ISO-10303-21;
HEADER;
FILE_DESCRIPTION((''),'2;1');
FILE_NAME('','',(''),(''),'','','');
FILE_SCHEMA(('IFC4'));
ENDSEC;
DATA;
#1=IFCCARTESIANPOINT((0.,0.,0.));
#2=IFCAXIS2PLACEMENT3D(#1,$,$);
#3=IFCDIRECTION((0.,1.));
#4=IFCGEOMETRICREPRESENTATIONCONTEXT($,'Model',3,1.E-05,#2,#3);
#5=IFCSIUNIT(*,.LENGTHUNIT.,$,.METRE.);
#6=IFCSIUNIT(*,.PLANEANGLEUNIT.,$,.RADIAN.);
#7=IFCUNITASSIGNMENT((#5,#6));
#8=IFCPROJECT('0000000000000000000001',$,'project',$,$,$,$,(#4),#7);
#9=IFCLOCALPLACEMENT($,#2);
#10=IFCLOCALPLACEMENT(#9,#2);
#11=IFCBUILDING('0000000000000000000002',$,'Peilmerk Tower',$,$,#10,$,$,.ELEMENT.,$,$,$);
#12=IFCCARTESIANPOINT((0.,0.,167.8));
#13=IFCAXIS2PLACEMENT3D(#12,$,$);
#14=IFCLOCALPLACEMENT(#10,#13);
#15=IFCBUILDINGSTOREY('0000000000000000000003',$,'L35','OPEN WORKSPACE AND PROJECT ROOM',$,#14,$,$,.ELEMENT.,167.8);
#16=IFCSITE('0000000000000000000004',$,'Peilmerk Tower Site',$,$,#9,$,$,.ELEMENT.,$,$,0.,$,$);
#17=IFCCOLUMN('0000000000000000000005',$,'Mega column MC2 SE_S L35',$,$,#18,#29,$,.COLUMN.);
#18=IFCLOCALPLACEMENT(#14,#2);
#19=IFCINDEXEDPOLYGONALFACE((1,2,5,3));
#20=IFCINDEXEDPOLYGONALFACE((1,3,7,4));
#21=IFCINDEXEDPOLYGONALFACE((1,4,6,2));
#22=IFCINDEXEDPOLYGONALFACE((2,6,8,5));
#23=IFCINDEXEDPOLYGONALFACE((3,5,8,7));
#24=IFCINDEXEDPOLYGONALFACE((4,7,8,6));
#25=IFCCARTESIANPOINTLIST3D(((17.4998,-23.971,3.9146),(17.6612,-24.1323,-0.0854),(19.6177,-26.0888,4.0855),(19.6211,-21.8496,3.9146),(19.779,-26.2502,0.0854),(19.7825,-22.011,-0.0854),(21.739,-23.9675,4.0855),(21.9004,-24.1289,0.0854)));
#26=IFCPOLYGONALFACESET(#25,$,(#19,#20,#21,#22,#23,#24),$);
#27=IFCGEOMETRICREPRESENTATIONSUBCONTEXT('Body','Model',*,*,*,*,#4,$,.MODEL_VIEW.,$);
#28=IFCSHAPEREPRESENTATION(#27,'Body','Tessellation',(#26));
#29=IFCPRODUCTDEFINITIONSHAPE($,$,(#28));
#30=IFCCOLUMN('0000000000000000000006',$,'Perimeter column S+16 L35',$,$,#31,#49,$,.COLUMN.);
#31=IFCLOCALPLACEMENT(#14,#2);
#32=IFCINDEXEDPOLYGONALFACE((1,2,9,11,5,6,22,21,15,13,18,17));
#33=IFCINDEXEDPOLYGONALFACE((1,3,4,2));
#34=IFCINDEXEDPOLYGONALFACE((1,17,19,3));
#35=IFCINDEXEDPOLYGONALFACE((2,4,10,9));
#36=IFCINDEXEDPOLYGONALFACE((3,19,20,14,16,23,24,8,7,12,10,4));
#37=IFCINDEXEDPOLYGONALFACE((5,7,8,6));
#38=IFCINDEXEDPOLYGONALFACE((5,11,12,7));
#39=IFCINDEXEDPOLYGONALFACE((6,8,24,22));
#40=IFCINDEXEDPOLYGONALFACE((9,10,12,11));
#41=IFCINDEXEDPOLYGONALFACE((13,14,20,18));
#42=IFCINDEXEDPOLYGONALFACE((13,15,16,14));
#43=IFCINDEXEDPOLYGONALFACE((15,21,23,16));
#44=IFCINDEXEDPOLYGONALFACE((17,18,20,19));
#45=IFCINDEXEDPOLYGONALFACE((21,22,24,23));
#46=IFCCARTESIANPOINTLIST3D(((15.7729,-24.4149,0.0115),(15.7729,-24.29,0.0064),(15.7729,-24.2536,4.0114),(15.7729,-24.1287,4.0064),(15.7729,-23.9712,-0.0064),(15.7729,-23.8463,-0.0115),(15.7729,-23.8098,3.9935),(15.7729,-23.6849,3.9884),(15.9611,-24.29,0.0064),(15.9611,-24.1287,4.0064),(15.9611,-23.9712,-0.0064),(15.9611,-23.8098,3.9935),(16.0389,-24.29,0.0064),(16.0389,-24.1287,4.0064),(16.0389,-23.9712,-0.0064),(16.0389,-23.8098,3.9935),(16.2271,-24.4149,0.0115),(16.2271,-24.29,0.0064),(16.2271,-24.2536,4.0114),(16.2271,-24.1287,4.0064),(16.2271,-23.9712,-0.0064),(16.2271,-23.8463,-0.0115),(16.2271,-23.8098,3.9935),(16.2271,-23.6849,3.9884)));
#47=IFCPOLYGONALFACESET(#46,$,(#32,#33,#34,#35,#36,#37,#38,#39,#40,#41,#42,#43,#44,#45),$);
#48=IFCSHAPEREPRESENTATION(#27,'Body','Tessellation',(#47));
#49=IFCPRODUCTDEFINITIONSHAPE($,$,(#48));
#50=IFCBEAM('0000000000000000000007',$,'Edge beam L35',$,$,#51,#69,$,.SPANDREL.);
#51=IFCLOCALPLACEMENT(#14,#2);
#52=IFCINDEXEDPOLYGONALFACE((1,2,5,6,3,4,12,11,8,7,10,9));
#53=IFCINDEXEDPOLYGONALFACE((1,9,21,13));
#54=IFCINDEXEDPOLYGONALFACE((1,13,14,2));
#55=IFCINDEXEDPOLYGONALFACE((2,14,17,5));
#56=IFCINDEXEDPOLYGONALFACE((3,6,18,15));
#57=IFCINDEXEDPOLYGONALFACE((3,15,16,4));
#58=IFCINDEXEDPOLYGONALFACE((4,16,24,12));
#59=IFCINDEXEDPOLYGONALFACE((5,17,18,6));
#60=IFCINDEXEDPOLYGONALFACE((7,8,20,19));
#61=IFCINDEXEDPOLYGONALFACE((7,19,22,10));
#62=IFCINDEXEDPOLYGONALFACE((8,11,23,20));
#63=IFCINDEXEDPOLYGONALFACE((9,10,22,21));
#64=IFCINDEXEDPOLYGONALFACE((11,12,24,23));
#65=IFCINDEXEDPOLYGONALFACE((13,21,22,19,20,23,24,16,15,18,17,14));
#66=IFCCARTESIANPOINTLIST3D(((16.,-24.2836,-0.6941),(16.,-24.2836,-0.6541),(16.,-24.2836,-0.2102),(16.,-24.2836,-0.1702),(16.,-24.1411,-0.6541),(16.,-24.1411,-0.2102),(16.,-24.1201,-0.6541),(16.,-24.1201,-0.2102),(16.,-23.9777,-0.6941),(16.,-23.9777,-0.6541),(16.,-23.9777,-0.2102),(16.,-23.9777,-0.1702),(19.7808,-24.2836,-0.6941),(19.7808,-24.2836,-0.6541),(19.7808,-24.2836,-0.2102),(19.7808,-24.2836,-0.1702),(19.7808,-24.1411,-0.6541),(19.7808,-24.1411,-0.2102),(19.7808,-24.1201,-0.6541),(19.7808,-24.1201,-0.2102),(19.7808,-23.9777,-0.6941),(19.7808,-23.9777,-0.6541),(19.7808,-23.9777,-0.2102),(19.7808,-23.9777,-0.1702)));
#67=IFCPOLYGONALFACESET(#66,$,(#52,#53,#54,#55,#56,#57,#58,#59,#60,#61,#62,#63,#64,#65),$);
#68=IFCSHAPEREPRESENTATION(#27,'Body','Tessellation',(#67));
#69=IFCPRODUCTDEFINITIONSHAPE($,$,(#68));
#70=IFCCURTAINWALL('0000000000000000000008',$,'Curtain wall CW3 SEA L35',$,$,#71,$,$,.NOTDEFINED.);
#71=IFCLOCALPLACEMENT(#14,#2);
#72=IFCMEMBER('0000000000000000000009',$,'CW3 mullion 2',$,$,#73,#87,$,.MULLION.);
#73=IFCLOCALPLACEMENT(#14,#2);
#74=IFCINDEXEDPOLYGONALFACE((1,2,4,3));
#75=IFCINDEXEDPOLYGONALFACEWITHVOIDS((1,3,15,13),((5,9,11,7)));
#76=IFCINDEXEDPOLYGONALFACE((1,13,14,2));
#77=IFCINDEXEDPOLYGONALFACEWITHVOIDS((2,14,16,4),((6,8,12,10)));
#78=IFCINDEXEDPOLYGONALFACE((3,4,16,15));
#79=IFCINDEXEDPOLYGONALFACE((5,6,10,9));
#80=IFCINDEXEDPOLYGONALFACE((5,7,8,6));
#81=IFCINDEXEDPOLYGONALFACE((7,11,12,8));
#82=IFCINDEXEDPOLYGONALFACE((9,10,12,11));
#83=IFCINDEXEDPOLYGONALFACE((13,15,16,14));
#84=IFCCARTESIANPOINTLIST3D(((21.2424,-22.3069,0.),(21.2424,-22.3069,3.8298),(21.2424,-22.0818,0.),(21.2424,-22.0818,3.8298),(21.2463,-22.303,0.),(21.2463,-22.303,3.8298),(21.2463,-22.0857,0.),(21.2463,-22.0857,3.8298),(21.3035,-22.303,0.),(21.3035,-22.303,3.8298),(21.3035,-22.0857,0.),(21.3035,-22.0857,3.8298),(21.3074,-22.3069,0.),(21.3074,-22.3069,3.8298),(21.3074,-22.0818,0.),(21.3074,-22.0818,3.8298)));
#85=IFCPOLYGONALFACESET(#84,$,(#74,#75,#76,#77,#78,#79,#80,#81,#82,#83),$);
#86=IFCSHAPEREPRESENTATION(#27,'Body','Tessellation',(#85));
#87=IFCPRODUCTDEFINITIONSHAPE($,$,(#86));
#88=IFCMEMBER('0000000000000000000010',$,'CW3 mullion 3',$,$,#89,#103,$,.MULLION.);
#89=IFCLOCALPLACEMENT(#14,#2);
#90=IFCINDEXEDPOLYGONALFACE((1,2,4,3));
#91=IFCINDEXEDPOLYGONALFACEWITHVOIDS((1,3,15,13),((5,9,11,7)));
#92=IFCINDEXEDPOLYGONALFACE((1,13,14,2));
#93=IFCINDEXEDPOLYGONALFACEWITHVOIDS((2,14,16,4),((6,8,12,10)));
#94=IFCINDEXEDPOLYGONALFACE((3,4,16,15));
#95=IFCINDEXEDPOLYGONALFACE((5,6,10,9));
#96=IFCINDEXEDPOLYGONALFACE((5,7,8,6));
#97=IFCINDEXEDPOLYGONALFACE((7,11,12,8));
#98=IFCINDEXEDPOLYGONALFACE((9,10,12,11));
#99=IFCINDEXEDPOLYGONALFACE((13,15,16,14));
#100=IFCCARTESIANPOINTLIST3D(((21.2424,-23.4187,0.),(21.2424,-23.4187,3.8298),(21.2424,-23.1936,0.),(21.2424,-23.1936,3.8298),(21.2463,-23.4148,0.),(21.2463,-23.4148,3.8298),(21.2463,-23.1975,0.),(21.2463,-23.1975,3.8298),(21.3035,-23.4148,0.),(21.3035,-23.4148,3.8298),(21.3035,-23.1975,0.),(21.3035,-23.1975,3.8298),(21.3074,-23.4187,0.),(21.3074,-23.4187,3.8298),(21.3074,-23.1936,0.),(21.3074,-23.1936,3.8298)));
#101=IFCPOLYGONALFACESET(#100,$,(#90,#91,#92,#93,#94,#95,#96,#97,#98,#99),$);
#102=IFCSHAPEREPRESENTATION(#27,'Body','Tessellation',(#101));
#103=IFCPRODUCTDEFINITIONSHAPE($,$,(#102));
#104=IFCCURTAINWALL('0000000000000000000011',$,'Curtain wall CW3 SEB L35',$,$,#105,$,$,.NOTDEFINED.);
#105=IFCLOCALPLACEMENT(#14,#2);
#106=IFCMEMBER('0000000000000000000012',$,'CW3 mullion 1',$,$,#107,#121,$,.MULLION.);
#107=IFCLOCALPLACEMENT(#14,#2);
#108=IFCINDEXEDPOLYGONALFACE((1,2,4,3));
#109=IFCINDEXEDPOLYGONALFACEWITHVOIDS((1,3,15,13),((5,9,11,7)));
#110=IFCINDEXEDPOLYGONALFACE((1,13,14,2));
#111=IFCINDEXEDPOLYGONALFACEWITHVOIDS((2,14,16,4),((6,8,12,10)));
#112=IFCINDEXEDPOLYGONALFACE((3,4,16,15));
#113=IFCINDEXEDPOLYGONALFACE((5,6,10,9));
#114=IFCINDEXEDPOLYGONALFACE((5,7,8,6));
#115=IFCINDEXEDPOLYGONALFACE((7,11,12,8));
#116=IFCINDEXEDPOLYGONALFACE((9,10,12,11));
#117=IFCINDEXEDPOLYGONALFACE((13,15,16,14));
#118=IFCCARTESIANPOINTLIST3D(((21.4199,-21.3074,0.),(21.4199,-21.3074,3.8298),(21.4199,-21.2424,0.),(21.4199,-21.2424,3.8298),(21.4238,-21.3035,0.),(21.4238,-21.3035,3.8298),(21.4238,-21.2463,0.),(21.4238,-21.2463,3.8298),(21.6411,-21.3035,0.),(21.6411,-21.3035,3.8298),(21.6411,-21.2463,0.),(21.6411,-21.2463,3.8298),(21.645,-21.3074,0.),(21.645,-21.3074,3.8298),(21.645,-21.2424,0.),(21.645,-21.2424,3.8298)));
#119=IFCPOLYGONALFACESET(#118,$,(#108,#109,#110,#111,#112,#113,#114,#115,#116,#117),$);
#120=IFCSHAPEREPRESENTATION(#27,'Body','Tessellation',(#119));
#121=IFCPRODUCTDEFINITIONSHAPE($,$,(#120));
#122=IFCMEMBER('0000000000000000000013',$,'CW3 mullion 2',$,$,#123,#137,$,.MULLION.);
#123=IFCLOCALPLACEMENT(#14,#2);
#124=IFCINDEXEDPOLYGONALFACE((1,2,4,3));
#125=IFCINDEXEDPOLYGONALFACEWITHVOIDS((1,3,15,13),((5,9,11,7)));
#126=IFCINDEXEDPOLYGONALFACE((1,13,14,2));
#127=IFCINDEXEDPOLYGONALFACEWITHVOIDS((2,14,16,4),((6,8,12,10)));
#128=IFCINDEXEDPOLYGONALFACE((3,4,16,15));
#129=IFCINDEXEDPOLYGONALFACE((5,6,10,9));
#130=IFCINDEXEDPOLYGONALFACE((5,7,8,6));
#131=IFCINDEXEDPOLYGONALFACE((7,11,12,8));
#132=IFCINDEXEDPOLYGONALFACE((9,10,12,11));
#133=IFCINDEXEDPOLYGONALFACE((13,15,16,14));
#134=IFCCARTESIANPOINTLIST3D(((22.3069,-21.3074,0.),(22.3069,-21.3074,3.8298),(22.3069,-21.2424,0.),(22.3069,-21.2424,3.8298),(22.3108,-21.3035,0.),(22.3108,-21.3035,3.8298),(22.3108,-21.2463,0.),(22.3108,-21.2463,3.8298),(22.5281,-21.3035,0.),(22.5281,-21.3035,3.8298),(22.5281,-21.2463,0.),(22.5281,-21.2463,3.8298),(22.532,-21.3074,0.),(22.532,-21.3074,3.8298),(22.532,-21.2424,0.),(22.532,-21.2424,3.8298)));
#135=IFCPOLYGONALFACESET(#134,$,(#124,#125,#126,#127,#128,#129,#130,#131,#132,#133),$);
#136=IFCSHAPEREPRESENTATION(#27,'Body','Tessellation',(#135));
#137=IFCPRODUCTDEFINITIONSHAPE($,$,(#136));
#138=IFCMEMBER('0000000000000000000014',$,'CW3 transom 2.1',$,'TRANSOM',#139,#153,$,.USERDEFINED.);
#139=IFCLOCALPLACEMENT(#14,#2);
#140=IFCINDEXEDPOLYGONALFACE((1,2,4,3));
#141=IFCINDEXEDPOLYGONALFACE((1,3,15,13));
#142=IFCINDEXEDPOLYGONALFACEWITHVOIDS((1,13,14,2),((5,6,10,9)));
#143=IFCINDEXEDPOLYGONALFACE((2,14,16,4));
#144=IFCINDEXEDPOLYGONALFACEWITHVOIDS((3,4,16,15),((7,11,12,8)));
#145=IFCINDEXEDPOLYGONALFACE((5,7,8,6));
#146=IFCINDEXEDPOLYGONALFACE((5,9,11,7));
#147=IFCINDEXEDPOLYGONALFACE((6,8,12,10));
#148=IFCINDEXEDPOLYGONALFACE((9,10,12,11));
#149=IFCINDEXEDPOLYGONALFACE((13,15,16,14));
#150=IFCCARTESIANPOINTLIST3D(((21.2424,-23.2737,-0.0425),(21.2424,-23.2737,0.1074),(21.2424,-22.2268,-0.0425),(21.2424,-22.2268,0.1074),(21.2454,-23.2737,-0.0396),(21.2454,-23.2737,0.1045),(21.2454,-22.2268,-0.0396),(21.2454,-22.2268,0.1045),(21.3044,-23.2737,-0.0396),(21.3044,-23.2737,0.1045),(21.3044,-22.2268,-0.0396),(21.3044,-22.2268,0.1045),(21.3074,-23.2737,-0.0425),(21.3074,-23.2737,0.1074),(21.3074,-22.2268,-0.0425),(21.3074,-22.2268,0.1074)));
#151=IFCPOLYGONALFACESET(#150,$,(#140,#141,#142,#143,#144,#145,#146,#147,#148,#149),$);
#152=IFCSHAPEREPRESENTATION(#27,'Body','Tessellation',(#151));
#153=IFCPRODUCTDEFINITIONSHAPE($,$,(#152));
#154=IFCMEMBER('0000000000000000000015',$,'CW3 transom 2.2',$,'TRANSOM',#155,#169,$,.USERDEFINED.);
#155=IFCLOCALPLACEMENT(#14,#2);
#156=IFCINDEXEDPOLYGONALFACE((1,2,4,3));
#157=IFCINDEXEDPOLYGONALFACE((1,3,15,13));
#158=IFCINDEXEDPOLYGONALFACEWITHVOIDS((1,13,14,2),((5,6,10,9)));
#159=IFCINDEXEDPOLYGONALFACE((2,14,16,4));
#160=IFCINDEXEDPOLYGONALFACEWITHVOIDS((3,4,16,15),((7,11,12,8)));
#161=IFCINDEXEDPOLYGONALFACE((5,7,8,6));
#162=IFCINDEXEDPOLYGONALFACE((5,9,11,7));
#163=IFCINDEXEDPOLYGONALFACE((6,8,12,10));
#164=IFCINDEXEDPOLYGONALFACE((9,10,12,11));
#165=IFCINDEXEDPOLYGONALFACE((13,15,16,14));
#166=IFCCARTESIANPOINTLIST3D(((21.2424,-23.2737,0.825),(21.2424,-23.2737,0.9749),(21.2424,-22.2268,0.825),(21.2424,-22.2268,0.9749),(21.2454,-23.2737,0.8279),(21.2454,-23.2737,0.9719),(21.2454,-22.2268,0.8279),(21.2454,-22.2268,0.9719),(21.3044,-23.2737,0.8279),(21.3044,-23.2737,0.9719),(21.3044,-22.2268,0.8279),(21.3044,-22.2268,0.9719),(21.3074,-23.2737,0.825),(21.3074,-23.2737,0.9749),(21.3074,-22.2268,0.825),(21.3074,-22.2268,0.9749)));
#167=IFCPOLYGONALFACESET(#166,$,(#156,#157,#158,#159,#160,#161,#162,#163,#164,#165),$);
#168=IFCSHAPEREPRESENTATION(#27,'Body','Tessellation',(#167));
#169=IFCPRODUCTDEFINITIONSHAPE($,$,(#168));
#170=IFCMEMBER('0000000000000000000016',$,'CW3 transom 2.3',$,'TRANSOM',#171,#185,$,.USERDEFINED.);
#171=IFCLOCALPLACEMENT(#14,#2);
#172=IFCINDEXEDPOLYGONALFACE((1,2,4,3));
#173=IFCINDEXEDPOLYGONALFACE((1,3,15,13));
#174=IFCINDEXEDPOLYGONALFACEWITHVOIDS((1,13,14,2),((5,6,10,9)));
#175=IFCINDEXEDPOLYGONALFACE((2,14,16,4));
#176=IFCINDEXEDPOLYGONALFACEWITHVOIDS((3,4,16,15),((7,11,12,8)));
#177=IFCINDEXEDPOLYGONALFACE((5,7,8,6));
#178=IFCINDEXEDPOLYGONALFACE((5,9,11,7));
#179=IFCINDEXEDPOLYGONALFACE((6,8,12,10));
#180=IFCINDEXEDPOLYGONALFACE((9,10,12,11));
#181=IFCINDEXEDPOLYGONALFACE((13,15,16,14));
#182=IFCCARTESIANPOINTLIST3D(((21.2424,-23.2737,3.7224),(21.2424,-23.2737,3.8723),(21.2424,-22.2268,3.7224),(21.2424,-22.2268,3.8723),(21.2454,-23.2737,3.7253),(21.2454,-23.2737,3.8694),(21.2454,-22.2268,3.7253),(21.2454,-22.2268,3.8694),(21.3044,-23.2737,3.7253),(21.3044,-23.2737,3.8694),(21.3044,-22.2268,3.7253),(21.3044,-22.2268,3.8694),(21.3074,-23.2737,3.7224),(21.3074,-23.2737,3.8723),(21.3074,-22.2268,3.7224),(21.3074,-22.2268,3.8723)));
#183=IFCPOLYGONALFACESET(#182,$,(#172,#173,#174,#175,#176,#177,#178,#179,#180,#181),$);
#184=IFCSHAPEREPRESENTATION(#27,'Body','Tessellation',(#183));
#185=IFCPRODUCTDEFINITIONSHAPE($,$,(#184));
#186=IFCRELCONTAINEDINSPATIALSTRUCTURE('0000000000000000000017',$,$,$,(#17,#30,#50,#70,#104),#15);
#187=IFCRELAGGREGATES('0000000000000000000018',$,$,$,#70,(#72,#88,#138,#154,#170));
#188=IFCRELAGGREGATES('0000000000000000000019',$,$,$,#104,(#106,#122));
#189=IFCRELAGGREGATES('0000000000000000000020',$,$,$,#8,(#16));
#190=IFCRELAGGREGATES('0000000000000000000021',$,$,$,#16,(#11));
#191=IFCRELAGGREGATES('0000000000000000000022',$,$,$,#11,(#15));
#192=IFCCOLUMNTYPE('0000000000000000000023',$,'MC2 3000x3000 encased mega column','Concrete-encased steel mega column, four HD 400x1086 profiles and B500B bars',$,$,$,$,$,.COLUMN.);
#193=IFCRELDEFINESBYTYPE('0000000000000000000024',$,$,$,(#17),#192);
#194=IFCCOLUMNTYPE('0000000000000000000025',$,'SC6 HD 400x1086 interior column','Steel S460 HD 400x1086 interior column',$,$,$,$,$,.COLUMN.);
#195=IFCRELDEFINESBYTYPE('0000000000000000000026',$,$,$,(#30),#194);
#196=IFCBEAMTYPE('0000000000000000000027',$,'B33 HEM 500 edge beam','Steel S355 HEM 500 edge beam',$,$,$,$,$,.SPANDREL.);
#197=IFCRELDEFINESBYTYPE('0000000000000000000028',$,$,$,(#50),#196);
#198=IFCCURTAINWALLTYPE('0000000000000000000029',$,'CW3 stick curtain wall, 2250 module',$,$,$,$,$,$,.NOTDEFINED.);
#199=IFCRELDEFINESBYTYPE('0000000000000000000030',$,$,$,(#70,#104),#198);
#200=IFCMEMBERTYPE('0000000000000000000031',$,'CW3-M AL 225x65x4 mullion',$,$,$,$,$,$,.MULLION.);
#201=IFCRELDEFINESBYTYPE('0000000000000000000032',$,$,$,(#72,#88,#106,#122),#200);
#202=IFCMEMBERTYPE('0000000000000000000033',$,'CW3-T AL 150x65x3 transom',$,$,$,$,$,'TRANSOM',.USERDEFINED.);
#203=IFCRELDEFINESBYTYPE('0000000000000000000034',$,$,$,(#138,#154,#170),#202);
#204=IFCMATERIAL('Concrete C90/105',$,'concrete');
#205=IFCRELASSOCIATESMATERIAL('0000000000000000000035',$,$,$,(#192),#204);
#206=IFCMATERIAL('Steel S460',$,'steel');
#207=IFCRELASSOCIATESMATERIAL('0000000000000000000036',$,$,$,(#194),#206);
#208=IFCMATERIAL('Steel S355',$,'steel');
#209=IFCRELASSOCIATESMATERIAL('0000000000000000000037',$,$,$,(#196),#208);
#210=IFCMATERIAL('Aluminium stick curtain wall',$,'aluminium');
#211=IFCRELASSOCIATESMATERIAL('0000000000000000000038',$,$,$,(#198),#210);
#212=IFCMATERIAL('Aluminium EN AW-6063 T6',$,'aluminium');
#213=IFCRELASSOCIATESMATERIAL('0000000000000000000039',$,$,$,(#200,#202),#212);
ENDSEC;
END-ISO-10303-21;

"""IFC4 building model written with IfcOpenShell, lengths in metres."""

from ifc_helpers import new_model, si_unit, direction, frame, origin, origin_2d, place, context, subcontext, project, spatial, rectangle, hollow_rectangle, i_section, extrude, material, material_profile, profile_set, type_object, element, aggregate, save


model = new_model("IFC4")

# Units and contexts
model_context = context("Model", 3, precision=1e-05, world=origin(), true_north=direction((0.0, 1.0)))
body_context = subcontext(model_context, "Body", "Model", "MODEL_VIEW")
ifc_project = project(units=[si_unit("LENGTHUNIT", "METRE"), si_unit("PLANEANGLEUNIT", "RADIAN")], contexts=[model_context])

# Site, building, storey
site_placement = place(None, origin())
site = spatial("IfcSite", under=ifc_project, at=site_placement, Name="Peilmerk Tower Site", CompositionType="ELEMENT", RefElevation=0.0)
building_placement = place(site_placement, origin())
building = spatial("IfcBuilding", under=site, at=building_placement, Name="Peilmerk Tower", CompositionType="ELEMENT")
storey_placement = place(building_placement, frame((0.0, 0.0, 167.8)))
storey = spatial("IfcBuildingStorey", under=building, at=storey_placement, Name="L35", Description="OPEN WORKSPACE AND PROJECT ROOM", CompositionType="ELEMENT", Elevation=167.8)

# Columns
ifc_material_1 = material(Name="Concrete C90/105", Category="concrete")
ifc_material_profile_1 = material_profile(ifc_material_1, rectangle(XDim=3.0, YDim=3.0, at=origin_2d()), Name="RC 3000x3000")
ifc_profile_set_1 = profile_set([ifc_material_profile_1], Name="Concrete C90/105")
column_type_1 = type_object("IfcColumnType", Name="MC2 3000x3000 encased mega column", Description="Concrete-encased steel mega column, four HD 400x1086 profiles and B500B bars", PredefinedType="COLUMN", material=ifc_profile_set_1)
column_1_placement = place(storey_placement, frame((19.7808, -24.1306, 0.0), z_axis=(-0.040279, 0.040279, 0.998376), x_axis=(-0.707107, -0.707107, 0.0)))
element("IfcColumn", 1, at=column_1_placement, inside=storey, type_object=column_type_1, Name="Mega column MC2 SE_S L35", PredefinedType="COLUMN", context=body_context, shape_type="SweptSolid", body=[
    extrude(rectangle(XDim=3.0, YDim=3.0, at=origin_2d()), origin(), (0.0, 0.0, 1.0), 4.0066),
])
ifc_material_2 = material(Name="Steel S460", Category="steel")
ifc_material_profile_2 = material_profile(ifc_material_2, i_section(OverallWidth=0.4541, OverallDepth=0.5691, WebThickness=0.0779, FlangeThickness=0.125, at=origin_2d()), Name="HD 400x1086")
ifc_profile_set_2 = profile_set([ifc_material_profile_2], Name="Steel S460")
column_type_2 = type_object("IfcColumnType", Name="SC6 HD 400x1086 interior column", Description="Steel S460 HD 400x1086 interior column", PredefinedType="COLUMN", material=ifc_profile_set_2)
column_2_placement = place(storey_placement, frame((16.0, -24.1306, 0.0), z_axis=(0.0, 0.040311, 0.999187), x_axis=(-1.0, 0.0, 0.0)))
element("IfcColumn", 2, at=column_2_placement, inside=storey, type_object=column_type_2, Name="Perimeter column S+16 L35", PredefinedType="COLUMN", context=body_context, shape_type="SweptSolid", body=[
    extrude(i_section(OverallWidth=0.4541, OverallDepth=0.5691, WebThickness=0.0779, FlangeThickness=0.125, at=origin_2d()), origin(), (0.0, 0.0, 1.0), 4.0032),
])

# Beam
ifc_material_3 = material(Name="Steel S355", Category="steel")
ifc_material_profile_3 = material_profile(ifc_material_3, i_section(OverallWidth=0.3059, OverallDepth=0.5239, WebThickness=0.021, FlangeThickness=0.04, at=origin_2d()), Name="HEM 500")
ifc_profile_set_3 = profile_set([ifc_material_profile_3], Name="Steel S355")
beam_type = type_object("IfcBeamType", Name="B33 HEM 500 edge beam", Description="Steel S355 HEM 500 edge beam", PredefinedType="SPANDREL", material=ifc_profile_set_3)
beam_placement = place(storey_placement, frame((16.0, -24.1306, -0.4321), z_axis=(1.0, 0.0, 0.0), x_axis=(0.0, 1.0, 0.0)))
element("IfcBeam", 3, at=beam_placement, inside=storey, type_object=beam_type, Name="Edge beam L35", PredefinedType="SPANDREL", context=body_context, shape_type="SweptSolid", body=[
    extrude(i_section(OverallWidth=0.3059, OverallDepth=0.5239, WebThickness=0.021, FlangeThickness=0.04, at=origin_2d()), origin(), (0.0, 0.0, 1.0), 3.7808),
])

# Curtain walls, members
ifc_material_4 = material(Name="Aluminium stick curtain wall", Category="aluminium")
curtain_wall_type = type_object("IfcCurtainWallType", Name="CW3 stick curtain wall, 2250 module", PredefinedType="NOTDEFINED", material=ifc_material_4)
curtain_wall_1_placement = place(storey_placement, origin())
curtain_wall_1 = element("IfcCurtainWall", 4, at=curtain_wall_1_placement, inside=storey, type_object=curtain_wall_type, Name="Curtain wall CW3 SEA L35", PredefinedType="NOTDEFINED")
ifc_material_5 = material(Name="Aluminium EN AW-6063 T6", Category="aluminium")
ifc_material_profile_4 = material_profile(ifc_material_5, hollow_rectangle(XDim=0.0649, YDim=0.2251, WallThickness=0.0039, at=origin_2d()), Name="AL 225x65x4")
ifc_profile_set_4 = profile_set([ifc_material_profile_4], Name="Aluminium EN AW-6063 T6")
member_type_1 = type_object("IfcMemberType", Name="CW3-M AL 225x65x4 mullion", PredefinedType="MULLION", material=ifc_profile_set_4)
member_1_placement = place(storey_placement, frame((21.2749, -22.1943, 0.0), z_axis=(0.0, 0.0, 1.0), x_axis=(1.0, 0.0, 0.0)))
member_1 = element("IfcMember", 5, at=member_1_placement, type_object=member_type_1, Name="CW3 mullion 2", PredefinedType="MULLION", context=body_context, shape_type="SweptSolid", body=[
    extrude(hollow_rectangle(XDim=0.0649, YDim=0.2251, WallThickness=0.0039, at=origin_2d()), origin(), (0.0, 0.0, 1.0), 3.8298),
])
member_2_placement = place(storey_placement, frame((21.2749, -23.3062, 0.0), z_axis=(0.0, 0.0, 1.0), x_axis=(1.0, 0.0, 0.0)))
member_2 = element("IfcMember", 6, at=member_2_placement, type_object=member_type_1, Name="CW3 mullion 3", PredefinedType="MULLION", context=body_context, shape_type="SweptSolid", body=[
    extrude(hollow_rectangle(XDim=0.0649, YDim=0.2251, WallThickness=0.0039, at=origin_2d()), origin(), (0.0, 0.0, 1.0), 3.8298),
])
curtain_wall_2_placement = place(storey_placement, origin())
curtain_wall_2 = element("IfcCurtainWall", 7, at=curtain_wall_2_placement, inside=storey, type_object=curtain_wall_type, Name="Curtain wall CW3 SEB L35", PredefinedType="NOTDEFINED")
member_3_placement = place(storey_placement, frame((21.5325, -21.2749, 0.0), z_axis=(0.0, 0.0, 1.0), x_axis=(0.0, 1.0, 0.0)))
member_3 = element("IfcMember", 8, at=member_3_placement, type_object=member_type_1, Name="CW3 mullion 1", PredefinedType="MULLION", context=body_context, shape_type="SweptSolid", body=[
    extrude(hollow_rectangle(XDim=0.0649, YDim=0.2251, WallThickness=0.0039, at=origin_2d()), origin(), (0.0, 0.0, 1.0), 3.8298),
])
member_4_placement = place(storey_placement, frame((22.4194, -21.2749, 0.0), z_axis=(0.0, 0.0, 1.0), x_axis=(0.0, 1.0, 0.0)))
member_4 = element("IfcMember", 9, at=member_4_placement, type_object=member_type_1, Name="CW3 mullion 2", PredefinedType="MULLION", context=body_context, shape_type="SweptSolid", body=[
    extrude(hollow_rectangle(XDim=0.0649, YDim=0.2251, WallThickness=0.0039, at=origin_2d()), origin(), (0.0, 0.0, 1.0), 3.8298),
])

# Members
ifc_material_profile_5 = material_profile(ifc_material_5, hollow_rectangle(XDim=0.0649, YDim=0.1499, WallThickness=0.0029, at=origin_2d()), Name="AL 150x65x3")
ifc_profile_set_5 = profile_set([ifc_material_profile_5], Name="Aluminium EN AW-6063 T6")
member_type_2 = type_object("IfcMemberType", Name="CW3-T AL 150x65x3 transom", ElementType="TRANSOM", PredefinedType="USERDEFINED", material=ifc_profile_set_5)
member_5_placement = place(storey_placement, frame((21.2749, -22.2268, 0.0325), z_axis=(0.0, -1.0, 0.0), x_axis=(1.0, 0.0, 0.0)))
member_5 = element("IfcMember", 10, at=member_5_placement, type_object=member_type_2, Name="CW3 transom 2.1", ObjectType="TRANSOM", PredefinedType="USERDEFINED", context=body_context, shape_type="SweptSolid", body=[
    extrude(hollow_rectangle(XDim=0.0649, YDim=0.1499, WallThickness=0.0029, at=origin_2d()), origin(), (0.0, 0.0, 1.0), 1.0469),
])
member_6_placement = place(storey_placement, frame((21.2749, -22.2268, 0.8999), z_axis=(0.0, -1.0, 0.0), x_axis=(1.0, 0.0, 0.0)))
member_6 = element("IfcMember", 11, at=member_6_placement, type_object=member_type_2, Name="CW3 transom 2.2", ObjectType="TRANSOM", PredefinedType="USERDEFINED", context=body_context, shape_type="SweptSolid", body=[
    extrude(hollow_rectangle(XDim=0.0649, YDim=0.1499, WallThickness=0.0029, at=origin_2d()), origin(), (0.0, 0.0, 1.0), 1.0469),
])
member_7_placement = place(storey_placement, frame((21.2749, -22.2268, 3.7974), z_axis=(0.0, -1.0, 0.0), x_axis=(1.0, 0.0, 0.0)))
member_7 = element("IfcMember", 12, at=member_7_placement, type_object=member_type_2, Name="CW3 transom 2.3", ObjectType="TRANSOM", PredefinedType="USERDEFINED", context=body_context, shape_type="SweptSolid", body=[
    extrude(hollow_rectangle(XDim=0.0649, YDim=0.1499, WallThickness=0.0029, at=origin_2d()), origin(), (0.0, 0.0, 1.0), 1.0469),
])

aggregate(curtain_wall_1, [member_1, member_2, member_5, member_6, member_7])
aggregate(curtain_wall_2, [member_3, member_4])

save(model, "model.ifc")
